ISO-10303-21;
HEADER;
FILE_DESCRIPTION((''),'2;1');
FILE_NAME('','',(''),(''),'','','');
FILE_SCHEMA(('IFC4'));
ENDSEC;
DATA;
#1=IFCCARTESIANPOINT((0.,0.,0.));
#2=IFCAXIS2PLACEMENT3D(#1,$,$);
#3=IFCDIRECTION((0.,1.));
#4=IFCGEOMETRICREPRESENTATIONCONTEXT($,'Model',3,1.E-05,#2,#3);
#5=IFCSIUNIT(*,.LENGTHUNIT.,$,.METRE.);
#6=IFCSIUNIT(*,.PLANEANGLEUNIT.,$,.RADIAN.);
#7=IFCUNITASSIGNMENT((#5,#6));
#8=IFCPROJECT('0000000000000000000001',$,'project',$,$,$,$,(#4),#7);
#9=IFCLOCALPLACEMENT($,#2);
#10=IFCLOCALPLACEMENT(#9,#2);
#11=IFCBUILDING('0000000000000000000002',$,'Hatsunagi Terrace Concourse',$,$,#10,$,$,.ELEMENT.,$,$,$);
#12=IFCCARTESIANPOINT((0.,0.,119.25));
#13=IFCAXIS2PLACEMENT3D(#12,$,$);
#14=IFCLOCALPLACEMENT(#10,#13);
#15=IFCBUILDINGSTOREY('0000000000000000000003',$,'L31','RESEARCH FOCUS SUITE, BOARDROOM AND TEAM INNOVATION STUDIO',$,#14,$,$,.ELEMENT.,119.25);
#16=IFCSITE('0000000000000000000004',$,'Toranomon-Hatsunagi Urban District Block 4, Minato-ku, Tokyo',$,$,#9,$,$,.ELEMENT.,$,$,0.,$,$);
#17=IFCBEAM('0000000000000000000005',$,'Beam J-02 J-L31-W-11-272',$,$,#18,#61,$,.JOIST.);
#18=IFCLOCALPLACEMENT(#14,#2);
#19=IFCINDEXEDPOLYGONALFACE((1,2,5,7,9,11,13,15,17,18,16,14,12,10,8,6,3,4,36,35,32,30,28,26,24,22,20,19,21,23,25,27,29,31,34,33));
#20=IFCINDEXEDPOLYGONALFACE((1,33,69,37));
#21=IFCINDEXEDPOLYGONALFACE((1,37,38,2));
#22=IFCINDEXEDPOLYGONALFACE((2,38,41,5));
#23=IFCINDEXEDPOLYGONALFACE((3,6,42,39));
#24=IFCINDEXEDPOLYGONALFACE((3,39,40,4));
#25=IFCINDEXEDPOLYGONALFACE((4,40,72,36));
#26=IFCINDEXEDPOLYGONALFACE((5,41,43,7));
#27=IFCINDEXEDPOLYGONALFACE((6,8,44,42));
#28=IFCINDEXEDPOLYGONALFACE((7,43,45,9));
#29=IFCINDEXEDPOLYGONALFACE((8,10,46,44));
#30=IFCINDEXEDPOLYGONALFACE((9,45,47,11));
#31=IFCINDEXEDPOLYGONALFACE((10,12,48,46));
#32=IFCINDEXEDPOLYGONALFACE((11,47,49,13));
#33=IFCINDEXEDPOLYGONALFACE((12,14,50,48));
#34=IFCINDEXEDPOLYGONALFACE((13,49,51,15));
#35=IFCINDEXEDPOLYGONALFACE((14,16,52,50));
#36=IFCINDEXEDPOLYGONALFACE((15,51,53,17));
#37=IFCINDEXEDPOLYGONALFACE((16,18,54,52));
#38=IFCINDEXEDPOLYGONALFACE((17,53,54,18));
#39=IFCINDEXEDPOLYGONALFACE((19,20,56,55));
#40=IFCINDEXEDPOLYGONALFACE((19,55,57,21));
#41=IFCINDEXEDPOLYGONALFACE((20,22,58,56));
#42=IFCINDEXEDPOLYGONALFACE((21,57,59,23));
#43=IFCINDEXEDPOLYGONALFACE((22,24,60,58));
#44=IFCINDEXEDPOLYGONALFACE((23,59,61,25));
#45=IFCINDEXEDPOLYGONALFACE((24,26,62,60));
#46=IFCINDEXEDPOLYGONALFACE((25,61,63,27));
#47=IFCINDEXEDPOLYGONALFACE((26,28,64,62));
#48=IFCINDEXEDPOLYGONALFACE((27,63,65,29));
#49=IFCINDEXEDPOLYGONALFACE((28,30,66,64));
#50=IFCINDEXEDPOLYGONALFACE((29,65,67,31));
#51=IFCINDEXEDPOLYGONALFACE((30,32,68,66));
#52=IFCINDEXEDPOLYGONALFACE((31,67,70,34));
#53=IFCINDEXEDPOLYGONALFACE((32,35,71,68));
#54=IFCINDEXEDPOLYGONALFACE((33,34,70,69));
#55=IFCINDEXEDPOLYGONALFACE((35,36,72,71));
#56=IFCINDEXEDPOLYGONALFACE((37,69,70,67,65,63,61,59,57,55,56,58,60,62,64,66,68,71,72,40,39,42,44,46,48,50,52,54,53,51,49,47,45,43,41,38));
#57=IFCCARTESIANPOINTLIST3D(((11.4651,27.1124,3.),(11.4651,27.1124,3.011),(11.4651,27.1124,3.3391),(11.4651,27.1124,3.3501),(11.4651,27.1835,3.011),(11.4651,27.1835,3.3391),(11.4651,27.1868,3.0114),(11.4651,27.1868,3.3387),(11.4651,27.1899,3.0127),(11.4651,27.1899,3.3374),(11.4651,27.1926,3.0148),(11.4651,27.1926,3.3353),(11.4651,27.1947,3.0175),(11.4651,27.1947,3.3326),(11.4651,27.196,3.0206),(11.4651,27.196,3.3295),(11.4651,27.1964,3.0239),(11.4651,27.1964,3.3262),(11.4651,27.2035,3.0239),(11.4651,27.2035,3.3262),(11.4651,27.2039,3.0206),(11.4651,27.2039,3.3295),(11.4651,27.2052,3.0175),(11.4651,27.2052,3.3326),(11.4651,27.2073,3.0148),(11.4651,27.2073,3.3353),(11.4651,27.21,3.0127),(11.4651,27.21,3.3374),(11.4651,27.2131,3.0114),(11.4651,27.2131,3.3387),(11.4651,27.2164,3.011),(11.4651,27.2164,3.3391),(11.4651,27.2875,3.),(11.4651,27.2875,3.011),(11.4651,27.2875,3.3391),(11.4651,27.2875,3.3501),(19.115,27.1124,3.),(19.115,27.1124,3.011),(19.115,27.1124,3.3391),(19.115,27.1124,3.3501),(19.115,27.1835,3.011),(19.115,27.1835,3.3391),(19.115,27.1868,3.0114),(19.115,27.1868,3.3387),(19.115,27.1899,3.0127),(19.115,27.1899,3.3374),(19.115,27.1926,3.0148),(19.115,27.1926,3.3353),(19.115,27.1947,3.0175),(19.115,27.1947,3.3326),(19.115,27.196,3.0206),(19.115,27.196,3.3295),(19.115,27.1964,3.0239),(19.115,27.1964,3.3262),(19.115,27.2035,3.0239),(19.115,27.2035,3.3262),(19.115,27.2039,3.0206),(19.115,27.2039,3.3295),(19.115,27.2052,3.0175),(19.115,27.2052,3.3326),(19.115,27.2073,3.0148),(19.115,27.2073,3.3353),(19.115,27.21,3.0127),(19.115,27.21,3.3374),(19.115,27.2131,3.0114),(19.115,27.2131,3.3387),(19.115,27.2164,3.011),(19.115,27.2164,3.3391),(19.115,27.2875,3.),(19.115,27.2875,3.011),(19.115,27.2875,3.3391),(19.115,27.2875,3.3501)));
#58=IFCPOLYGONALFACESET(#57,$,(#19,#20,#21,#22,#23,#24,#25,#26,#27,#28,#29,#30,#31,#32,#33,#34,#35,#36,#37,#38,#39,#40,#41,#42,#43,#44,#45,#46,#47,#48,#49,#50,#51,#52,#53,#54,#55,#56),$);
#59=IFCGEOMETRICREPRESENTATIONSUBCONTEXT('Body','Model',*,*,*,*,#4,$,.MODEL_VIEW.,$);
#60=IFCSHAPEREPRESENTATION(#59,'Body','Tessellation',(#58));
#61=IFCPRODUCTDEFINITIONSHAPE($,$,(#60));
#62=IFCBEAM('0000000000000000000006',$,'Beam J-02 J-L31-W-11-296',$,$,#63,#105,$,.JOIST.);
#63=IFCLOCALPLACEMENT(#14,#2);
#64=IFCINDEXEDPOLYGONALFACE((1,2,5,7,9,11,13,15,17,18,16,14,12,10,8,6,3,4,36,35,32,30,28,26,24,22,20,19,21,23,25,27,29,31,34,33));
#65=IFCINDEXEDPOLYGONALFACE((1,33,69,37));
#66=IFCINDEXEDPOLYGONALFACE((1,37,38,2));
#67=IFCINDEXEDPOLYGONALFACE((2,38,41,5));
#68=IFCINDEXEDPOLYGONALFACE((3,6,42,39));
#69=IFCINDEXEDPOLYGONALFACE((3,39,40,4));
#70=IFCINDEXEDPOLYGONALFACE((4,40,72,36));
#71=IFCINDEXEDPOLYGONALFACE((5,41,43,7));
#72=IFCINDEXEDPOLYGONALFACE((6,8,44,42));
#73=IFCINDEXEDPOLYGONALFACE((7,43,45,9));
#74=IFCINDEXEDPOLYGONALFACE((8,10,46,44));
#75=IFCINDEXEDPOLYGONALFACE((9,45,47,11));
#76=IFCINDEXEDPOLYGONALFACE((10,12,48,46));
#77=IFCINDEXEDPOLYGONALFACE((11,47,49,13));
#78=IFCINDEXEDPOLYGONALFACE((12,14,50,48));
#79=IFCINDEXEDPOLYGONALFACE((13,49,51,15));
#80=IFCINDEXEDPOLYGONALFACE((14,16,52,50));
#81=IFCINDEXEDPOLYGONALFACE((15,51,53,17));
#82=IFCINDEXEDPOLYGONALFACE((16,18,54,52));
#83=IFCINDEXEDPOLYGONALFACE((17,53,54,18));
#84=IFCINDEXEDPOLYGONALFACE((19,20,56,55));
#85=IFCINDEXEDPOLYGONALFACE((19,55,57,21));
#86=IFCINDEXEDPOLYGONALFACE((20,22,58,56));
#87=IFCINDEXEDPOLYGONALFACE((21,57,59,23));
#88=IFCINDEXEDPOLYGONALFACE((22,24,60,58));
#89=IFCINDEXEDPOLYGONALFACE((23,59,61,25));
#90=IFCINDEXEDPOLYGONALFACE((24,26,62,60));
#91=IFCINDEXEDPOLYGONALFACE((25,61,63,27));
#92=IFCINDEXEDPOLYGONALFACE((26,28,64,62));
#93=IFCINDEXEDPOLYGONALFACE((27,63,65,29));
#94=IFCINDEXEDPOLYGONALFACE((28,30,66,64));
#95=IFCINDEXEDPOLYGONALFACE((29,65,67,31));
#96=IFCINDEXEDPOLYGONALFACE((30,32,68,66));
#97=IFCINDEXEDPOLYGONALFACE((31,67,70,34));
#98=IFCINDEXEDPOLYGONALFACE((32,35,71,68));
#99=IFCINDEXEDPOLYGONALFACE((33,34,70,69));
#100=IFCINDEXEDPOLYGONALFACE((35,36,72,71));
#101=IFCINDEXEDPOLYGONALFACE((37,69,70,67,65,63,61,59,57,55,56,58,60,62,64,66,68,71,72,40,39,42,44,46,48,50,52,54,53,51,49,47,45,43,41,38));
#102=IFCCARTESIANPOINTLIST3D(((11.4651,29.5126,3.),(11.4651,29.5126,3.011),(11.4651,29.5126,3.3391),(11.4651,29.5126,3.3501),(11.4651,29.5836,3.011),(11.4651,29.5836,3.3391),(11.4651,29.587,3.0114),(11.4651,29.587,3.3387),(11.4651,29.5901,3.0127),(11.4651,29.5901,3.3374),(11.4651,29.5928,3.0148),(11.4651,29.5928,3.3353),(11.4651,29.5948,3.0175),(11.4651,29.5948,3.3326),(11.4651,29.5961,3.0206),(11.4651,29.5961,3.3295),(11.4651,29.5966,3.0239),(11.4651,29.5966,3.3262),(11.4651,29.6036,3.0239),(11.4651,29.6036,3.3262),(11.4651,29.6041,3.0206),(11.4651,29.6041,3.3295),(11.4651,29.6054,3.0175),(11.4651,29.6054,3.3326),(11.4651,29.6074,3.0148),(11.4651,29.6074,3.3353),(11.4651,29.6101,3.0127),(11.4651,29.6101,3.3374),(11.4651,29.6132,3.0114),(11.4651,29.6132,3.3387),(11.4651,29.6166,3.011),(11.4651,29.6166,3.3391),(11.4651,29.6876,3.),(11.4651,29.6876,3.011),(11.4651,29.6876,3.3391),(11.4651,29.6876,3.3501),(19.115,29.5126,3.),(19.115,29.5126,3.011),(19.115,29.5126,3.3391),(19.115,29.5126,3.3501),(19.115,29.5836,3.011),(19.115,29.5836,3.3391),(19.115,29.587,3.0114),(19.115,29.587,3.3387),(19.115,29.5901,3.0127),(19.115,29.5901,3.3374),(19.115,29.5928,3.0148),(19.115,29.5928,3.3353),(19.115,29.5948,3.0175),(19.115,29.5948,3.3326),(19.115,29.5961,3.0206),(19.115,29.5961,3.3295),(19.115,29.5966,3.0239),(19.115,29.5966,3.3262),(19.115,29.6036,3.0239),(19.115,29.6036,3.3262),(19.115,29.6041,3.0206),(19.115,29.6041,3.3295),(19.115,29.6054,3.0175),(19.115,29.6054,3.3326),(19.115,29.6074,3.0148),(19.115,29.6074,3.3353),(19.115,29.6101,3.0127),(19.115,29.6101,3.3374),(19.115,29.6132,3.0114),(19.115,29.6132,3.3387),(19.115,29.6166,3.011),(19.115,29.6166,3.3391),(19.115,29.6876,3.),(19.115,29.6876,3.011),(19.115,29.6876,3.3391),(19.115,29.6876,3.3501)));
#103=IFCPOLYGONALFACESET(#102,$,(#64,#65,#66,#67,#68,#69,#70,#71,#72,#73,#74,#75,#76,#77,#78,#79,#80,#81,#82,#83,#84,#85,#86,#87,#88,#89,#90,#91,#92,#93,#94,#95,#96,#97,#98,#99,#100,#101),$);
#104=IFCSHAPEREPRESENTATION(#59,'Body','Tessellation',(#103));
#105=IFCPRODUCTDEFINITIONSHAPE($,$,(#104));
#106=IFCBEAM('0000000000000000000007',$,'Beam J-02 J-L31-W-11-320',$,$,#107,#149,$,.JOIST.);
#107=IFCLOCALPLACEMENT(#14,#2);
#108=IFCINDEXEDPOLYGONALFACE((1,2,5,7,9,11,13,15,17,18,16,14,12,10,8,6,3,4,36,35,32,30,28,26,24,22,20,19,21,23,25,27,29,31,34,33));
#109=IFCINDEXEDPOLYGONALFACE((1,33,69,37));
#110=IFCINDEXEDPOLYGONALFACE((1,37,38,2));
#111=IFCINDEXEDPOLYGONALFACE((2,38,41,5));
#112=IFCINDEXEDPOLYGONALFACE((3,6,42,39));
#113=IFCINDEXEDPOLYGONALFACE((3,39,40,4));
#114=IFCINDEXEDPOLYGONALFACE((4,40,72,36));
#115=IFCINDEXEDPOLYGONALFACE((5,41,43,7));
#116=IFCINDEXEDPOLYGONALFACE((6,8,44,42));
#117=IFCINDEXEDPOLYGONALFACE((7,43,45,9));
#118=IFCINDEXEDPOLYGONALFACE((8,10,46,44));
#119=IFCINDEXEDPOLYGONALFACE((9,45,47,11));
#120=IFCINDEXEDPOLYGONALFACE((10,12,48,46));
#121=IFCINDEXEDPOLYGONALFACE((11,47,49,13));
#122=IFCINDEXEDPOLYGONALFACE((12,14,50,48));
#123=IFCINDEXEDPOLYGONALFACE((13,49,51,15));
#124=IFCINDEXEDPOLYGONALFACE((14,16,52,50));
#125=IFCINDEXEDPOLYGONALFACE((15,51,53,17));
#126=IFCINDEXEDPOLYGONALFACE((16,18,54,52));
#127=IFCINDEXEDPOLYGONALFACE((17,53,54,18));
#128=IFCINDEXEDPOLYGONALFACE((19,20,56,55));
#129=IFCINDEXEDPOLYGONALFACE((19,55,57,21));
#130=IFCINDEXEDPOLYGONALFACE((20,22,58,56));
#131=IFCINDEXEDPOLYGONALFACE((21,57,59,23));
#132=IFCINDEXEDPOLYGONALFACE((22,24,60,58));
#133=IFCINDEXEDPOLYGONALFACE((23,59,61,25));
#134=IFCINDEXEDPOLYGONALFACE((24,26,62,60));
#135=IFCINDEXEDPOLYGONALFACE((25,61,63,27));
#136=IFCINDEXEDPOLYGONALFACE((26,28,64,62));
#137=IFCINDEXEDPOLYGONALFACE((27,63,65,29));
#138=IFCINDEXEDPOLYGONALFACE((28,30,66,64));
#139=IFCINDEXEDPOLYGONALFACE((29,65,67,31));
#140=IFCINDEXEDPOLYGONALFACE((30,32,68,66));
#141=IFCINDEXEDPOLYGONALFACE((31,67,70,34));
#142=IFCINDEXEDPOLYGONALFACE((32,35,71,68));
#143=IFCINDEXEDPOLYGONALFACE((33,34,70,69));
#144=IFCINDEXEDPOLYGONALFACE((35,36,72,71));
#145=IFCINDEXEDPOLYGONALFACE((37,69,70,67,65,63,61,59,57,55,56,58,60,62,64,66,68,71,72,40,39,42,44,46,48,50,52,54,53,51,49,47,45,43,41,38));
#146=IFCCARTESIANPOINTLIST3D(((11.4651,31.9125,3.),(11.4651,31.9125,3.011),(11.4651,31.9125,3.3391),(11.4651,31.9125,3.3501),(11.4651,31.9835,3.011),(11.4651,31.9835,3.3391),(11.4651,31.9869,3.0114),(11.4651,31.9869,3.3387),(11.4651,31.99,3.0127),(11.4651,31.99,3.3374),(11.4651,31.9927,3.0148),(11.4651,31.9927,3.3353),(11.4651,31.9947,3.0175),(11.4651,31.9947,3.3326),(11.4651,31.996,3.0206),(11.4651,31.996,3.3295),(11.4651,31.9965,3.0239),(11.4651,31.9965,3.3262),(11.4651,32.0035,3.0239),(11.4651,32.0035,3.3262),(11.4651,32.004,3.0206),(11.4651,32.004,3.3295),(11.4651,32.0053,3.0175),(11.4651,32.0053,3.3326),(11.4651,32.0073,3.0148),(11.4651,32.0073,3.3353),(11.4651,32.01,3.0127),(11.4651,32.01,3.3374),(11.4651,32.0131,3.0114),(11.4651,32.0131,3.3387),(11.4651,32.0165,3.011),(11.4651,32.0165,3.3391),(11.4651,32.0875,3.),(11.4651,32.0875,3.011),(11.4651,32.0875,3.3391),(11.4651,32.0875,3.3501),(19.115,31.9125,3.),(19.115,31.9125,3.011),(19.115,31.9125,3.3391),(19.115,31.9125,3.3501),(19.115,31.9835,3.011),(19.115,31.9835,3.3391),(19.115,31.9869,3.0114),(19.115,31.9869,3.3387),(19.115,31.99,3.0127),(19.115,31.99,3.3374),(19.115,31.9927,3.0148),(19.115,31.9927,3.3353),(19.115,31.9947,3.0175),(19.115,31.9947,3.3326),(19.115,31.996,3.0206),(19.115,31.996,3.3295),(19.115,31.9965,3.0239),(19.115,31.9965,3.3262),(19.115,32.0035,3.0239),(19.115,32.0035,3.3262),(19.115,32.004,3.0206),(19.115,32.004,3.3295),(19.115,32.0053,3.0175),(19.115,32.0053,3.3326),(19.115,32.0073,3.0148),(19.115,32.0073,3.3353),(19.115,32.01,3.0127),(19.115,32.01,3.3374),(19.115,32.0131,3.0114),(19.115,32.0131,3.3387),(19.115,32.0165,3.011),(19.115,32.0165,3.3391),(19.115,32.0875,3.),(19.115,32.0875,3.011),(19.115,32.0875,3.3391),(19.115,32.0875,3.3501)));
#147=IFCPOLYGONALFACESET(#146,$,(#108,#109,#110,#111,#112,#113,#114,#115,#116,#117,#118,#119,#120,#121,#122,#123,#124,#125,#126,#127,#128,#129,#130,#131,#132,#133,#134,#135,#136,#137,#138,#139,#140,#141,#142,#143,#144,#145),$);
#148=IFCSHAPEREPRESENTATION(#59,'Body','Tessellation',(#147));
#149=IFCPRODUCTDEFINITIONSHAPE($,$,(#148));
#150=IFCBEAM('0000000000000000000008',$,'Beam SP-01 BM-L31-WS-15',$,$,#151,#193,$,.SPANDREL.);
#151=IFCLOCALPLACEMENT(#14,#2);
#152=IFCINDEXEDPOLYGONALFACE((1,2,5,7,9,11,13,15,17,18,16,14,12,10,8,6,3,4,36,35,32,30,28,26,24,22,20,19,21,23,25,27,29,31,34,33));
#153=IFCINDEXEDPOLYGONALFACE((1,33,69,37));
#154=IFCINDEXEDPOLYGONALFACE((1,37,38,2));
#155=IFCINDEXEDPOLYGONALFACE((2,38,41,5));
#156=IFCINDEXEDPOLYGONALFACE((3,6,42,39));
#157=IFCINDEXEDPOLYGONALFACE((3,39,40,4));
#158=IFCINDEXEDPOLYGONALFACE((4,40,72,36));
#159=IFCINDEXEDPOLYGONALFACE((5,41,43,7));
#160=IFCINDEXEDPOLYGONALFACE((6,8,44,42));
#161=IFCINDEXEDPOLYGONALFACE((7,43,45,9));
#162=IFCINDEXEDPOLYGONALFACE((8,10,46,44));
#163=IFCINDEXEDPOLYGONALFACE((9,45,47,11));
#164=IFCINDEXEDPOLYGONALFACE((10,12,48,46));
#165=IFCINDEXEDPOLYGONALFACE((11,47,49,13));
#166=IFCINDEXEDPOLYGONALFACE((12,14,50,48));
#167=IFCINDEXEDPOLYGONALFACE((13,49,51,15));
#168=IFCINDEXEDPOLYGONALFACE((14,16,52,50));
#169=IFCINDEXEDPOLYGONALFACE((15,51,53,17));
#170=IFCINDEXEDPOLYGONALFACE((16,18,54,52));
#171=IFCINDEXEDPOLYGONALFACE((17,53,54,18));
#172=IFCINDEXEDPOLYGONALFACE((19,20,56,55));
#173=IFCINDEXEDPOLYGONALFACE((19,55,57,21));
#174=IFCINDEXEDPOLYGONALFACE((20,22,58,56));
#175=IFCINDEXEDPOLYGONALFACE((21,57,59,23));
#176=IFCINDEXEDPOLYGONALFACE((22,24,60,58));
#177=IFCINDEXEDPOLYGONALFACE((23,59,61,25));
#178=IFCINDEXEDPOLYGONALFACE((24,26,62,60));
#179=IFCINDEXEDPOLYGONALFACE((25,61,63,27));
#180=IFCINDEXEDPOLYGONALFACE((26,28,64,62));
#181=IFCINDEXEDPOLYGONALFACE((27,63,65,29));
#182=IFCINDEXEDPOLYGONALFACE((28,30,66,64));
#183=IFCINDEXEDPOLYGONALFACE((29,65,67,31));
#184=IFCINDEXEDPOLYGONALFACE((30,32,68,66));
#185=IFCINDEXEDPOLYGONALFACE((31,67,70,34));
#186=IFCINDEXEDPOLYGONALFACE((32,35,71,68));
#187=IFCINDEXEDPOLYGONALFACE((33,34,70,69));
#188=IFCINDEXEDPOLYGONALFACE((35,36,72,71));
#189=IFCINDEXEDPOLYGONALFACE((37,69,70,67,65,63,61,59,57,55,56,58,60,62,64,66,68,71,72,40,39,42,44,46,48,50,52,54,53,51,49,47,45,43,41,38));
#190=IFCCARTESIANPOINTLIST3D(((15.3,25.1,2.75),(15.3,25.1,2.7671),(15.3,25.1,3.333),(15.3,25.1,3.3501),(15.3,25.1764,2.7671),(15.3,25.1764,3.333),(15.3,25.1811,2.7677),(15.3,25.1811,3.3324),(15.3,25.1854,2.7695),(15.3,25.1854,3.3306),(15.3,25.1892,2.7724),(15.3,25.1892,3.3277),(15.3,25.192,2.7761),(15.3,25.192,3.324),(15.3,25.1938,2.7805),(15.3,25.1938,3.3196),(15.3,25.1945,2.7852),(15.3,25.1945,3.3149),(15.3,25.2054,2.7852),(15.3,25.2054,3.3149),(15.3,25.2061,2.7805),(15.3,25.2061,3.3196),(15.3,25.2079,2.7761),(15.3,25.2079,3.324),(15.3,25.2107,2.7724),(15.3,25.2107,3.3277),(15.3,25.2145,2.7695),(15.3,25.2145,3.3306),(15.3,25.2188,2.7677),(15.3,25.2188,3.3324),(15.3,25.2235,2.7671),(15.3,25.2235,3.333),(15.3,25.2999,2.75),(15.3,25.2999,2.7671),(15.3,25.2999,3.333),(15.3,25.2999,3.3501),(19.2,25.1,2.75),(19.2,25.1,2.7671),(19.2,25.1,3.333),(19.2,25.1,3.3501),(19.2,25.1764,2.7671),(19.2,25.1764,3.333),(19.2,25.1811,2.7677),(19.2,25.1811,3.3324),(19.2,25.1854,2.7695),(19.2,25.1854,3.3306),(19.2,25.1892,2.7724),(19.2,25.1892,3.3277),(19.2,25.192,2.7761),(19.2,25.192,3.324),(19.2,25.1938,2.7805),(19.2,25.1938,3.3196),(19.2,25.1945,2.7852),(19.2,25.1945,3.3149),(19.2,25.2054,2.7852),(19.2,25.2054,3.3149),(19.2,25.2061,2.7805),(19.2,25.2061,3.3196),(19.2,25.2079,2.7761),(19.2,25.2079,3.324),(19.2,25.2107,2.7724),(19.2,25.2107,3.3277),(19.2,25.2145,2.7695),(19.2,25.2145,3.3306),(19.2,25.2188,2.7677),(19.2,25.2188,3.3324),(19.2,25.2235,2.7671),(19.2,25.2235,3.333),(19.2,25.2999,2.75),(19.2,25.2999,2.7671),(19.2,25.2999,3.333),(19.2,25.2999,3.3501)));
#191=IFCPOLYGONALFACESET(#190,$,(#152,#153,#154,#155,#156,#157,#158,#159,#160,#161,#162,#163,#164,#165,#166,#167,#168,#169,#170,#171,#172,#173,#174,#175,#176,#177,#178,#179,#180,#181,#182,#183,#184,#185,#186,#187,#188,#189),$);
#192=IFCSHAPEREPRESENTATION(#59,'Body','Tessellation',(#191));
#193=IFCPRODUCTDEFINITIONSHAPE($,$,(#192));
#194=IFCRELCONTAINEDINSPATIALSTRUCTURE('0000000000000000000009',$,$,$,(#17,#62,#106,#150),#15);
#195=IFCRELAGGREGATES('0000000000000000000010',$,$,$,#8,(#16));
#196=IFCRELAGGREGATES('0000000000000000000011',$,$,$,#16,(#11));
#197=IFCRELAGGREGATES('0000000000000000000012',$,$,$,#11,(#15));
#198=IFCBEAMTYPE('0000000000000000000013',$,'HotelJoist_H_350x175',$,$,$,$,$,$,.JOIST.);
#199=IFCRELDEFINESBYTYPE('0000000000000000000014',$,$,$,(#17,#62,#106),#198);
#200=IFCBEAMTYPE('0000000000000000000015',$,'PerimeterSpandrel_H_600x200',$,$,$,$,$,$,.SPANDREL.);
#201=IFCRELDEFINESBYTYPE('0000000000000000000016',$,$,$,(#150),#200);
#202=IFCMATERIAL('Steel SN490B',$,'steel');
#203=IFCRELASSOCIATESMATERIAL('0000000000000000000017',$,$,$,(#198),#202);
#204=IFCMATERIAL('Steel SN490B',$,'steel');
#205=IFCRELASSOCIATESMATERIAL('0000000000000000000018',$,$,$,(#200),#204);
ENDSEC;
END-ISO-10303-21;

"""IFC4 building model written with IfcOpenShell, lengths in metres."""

from ifc_helpers import new_model, si_unit, direction, frame, origin, origin_2d, place, context, subcontext, project, spatial, i_section, extrude, material, material_profile, profile_set, type_object, element, save


model = new_model("IFC4")

# Units and contexts
model_context = context("Model", 3, precision=1e-05, world=origin(), true_north=direction((0.0, 1.0)))
body_context = subcontext(model_context, "Body", "Model", "MODEL_VIEW")
ifc_project = project(units=[si_unit("LENGTHUNIT", "METRE"), si_unit("PLANEANGLEUNIT", "RADIAN")], contexts=[model_context])

# Site, building, storey
site_placement = place(None, origin())
site = spatial("IfcSite", under=ifc_project, at=site_placement, Name="Toranomon-Hatsunagi Urban District Block 4, Minato-ku, Tokyo", CompositionType="ELEMENT", RefElevation=0.0)
building_placement = place(site_placement, origin())
building = spatial("IfcBuilding", under=site, at=building_placement, Name="Hatsunagi Terrace Concourse", CompositionType="ELEMENT")
storey_placement = place(building_placement, frame((0.0, 0.0, 119.25)))
storey = spatial("IfcBuildingStorey", under=building, at=storey_placement, Name="L31", Description="RESEARCH FOCUS SUITE, BOARDROOM AND TEAM INNOVATION STUDIO", CompositionType="ELEMENT", Elevation=119.25)

# Beams
ifc_material_1 = material(Name="Steel SN490B", Category="steel")
ifc_material_profile_1 = material_profile(ifc_material_1, i_section(OverallWidth=0.175, OverallDepth=0.3501, WebThickness=0.0071, FlangeThickness=0.011, FilletRadius=0.0129, at=origin_2d()), Name="H-350x175x7x11")
ifc_profile_set_1 = profile_set([ifc_material_profile_1], Name="Steel SN490B")
beam_type_1 = type_object("IfcBeamType", Name="HotelJoist_H_350x175", PredefinedType="JOIST", material=ifc_profile_set_1)
for number, where, z_axis, x_axis, name in (
    (1, (11.4651, 27.2, 3.175), (1.0, 0.0, 0.0), (0.0, 1.0, 0.0), "Beam J-02 J-L31-W-11-272"),
    (2, (11.4651, 29.6001, 3.175), (1.0, 0.0, 0.0), (0.0, 1.0, 0.0), "Beam J-02 J-L31-W-11-296"),
    (3, (11.4651, 32.0, 3.175), (1.0, 0.0, 0.0), (0.0, 1.0, 0.0), "Beam J-02 J-L31-W-11-320"),
):
    element("IfcBeam", number, at=place(storey_placement, frame(where, z_axis=z_axis, x_axis=x_axis)), inside=storey, type_object=beam_type_1, Name=name, PredefinedType="JOIST", context=body_context, shape_type="SweptSolid", body=[
        extrude(i_section(OverallWidth=0.175, OverallDepth=0.3501, WebThickness=0.0071, FlangeThickness=0.011, FilletRadius=0.0129, at=origin_2d()), origin(), (0.0, 0.0, 1.0), 7.6499),
    ])
ifc_material_2 = material(Name="Steel SN490B", Category="steel")
ifc_material_profile_2 = material_profile(ifc_material_2, i_section(OverallWidth=0.2, OverallDepth=0.6001, WebThickness=0.011, FlangeThickness=0.0171, FilletRadius=0.0181, at=origin_2d()), Name="H-600x200x11x17")
ifc_profile_set_2 = profile_set([ifc_material_profile_2], Name="Steel SN490B")
beam_type_2 = type_object("IfcBeamType", Name="PerimeterSpandrel_H_600x200", PredefinedType="SPANDREL", material=ifc_profile_set_2)
beam_placement = place(storey_placement, frame((15.3, 25.2, 3.05), z_axis=(1.0, 0.0, 0.0), x_axis=(0.0, 1.0, 0.0)))
element("IfcBeam", 4, at=beam_placement, inside=storey, type_object=beam_type_2, Name="Beam SP-01 BM-L31-WS-15", PredefinedType="SPANDREL", context=body_context, shape_type="SweptSolid", body=[
    extrude(i_section(OverallWidth=0.2, OverallDepth=0.6001, WebThickness=0.011, FlangeThickness=0.0171, FilletRadius=0.0181, at=origin_2d()), origin(), (0.0, 0.0, 1.0), 3.8999),
])

save(model, "model.ifc")
